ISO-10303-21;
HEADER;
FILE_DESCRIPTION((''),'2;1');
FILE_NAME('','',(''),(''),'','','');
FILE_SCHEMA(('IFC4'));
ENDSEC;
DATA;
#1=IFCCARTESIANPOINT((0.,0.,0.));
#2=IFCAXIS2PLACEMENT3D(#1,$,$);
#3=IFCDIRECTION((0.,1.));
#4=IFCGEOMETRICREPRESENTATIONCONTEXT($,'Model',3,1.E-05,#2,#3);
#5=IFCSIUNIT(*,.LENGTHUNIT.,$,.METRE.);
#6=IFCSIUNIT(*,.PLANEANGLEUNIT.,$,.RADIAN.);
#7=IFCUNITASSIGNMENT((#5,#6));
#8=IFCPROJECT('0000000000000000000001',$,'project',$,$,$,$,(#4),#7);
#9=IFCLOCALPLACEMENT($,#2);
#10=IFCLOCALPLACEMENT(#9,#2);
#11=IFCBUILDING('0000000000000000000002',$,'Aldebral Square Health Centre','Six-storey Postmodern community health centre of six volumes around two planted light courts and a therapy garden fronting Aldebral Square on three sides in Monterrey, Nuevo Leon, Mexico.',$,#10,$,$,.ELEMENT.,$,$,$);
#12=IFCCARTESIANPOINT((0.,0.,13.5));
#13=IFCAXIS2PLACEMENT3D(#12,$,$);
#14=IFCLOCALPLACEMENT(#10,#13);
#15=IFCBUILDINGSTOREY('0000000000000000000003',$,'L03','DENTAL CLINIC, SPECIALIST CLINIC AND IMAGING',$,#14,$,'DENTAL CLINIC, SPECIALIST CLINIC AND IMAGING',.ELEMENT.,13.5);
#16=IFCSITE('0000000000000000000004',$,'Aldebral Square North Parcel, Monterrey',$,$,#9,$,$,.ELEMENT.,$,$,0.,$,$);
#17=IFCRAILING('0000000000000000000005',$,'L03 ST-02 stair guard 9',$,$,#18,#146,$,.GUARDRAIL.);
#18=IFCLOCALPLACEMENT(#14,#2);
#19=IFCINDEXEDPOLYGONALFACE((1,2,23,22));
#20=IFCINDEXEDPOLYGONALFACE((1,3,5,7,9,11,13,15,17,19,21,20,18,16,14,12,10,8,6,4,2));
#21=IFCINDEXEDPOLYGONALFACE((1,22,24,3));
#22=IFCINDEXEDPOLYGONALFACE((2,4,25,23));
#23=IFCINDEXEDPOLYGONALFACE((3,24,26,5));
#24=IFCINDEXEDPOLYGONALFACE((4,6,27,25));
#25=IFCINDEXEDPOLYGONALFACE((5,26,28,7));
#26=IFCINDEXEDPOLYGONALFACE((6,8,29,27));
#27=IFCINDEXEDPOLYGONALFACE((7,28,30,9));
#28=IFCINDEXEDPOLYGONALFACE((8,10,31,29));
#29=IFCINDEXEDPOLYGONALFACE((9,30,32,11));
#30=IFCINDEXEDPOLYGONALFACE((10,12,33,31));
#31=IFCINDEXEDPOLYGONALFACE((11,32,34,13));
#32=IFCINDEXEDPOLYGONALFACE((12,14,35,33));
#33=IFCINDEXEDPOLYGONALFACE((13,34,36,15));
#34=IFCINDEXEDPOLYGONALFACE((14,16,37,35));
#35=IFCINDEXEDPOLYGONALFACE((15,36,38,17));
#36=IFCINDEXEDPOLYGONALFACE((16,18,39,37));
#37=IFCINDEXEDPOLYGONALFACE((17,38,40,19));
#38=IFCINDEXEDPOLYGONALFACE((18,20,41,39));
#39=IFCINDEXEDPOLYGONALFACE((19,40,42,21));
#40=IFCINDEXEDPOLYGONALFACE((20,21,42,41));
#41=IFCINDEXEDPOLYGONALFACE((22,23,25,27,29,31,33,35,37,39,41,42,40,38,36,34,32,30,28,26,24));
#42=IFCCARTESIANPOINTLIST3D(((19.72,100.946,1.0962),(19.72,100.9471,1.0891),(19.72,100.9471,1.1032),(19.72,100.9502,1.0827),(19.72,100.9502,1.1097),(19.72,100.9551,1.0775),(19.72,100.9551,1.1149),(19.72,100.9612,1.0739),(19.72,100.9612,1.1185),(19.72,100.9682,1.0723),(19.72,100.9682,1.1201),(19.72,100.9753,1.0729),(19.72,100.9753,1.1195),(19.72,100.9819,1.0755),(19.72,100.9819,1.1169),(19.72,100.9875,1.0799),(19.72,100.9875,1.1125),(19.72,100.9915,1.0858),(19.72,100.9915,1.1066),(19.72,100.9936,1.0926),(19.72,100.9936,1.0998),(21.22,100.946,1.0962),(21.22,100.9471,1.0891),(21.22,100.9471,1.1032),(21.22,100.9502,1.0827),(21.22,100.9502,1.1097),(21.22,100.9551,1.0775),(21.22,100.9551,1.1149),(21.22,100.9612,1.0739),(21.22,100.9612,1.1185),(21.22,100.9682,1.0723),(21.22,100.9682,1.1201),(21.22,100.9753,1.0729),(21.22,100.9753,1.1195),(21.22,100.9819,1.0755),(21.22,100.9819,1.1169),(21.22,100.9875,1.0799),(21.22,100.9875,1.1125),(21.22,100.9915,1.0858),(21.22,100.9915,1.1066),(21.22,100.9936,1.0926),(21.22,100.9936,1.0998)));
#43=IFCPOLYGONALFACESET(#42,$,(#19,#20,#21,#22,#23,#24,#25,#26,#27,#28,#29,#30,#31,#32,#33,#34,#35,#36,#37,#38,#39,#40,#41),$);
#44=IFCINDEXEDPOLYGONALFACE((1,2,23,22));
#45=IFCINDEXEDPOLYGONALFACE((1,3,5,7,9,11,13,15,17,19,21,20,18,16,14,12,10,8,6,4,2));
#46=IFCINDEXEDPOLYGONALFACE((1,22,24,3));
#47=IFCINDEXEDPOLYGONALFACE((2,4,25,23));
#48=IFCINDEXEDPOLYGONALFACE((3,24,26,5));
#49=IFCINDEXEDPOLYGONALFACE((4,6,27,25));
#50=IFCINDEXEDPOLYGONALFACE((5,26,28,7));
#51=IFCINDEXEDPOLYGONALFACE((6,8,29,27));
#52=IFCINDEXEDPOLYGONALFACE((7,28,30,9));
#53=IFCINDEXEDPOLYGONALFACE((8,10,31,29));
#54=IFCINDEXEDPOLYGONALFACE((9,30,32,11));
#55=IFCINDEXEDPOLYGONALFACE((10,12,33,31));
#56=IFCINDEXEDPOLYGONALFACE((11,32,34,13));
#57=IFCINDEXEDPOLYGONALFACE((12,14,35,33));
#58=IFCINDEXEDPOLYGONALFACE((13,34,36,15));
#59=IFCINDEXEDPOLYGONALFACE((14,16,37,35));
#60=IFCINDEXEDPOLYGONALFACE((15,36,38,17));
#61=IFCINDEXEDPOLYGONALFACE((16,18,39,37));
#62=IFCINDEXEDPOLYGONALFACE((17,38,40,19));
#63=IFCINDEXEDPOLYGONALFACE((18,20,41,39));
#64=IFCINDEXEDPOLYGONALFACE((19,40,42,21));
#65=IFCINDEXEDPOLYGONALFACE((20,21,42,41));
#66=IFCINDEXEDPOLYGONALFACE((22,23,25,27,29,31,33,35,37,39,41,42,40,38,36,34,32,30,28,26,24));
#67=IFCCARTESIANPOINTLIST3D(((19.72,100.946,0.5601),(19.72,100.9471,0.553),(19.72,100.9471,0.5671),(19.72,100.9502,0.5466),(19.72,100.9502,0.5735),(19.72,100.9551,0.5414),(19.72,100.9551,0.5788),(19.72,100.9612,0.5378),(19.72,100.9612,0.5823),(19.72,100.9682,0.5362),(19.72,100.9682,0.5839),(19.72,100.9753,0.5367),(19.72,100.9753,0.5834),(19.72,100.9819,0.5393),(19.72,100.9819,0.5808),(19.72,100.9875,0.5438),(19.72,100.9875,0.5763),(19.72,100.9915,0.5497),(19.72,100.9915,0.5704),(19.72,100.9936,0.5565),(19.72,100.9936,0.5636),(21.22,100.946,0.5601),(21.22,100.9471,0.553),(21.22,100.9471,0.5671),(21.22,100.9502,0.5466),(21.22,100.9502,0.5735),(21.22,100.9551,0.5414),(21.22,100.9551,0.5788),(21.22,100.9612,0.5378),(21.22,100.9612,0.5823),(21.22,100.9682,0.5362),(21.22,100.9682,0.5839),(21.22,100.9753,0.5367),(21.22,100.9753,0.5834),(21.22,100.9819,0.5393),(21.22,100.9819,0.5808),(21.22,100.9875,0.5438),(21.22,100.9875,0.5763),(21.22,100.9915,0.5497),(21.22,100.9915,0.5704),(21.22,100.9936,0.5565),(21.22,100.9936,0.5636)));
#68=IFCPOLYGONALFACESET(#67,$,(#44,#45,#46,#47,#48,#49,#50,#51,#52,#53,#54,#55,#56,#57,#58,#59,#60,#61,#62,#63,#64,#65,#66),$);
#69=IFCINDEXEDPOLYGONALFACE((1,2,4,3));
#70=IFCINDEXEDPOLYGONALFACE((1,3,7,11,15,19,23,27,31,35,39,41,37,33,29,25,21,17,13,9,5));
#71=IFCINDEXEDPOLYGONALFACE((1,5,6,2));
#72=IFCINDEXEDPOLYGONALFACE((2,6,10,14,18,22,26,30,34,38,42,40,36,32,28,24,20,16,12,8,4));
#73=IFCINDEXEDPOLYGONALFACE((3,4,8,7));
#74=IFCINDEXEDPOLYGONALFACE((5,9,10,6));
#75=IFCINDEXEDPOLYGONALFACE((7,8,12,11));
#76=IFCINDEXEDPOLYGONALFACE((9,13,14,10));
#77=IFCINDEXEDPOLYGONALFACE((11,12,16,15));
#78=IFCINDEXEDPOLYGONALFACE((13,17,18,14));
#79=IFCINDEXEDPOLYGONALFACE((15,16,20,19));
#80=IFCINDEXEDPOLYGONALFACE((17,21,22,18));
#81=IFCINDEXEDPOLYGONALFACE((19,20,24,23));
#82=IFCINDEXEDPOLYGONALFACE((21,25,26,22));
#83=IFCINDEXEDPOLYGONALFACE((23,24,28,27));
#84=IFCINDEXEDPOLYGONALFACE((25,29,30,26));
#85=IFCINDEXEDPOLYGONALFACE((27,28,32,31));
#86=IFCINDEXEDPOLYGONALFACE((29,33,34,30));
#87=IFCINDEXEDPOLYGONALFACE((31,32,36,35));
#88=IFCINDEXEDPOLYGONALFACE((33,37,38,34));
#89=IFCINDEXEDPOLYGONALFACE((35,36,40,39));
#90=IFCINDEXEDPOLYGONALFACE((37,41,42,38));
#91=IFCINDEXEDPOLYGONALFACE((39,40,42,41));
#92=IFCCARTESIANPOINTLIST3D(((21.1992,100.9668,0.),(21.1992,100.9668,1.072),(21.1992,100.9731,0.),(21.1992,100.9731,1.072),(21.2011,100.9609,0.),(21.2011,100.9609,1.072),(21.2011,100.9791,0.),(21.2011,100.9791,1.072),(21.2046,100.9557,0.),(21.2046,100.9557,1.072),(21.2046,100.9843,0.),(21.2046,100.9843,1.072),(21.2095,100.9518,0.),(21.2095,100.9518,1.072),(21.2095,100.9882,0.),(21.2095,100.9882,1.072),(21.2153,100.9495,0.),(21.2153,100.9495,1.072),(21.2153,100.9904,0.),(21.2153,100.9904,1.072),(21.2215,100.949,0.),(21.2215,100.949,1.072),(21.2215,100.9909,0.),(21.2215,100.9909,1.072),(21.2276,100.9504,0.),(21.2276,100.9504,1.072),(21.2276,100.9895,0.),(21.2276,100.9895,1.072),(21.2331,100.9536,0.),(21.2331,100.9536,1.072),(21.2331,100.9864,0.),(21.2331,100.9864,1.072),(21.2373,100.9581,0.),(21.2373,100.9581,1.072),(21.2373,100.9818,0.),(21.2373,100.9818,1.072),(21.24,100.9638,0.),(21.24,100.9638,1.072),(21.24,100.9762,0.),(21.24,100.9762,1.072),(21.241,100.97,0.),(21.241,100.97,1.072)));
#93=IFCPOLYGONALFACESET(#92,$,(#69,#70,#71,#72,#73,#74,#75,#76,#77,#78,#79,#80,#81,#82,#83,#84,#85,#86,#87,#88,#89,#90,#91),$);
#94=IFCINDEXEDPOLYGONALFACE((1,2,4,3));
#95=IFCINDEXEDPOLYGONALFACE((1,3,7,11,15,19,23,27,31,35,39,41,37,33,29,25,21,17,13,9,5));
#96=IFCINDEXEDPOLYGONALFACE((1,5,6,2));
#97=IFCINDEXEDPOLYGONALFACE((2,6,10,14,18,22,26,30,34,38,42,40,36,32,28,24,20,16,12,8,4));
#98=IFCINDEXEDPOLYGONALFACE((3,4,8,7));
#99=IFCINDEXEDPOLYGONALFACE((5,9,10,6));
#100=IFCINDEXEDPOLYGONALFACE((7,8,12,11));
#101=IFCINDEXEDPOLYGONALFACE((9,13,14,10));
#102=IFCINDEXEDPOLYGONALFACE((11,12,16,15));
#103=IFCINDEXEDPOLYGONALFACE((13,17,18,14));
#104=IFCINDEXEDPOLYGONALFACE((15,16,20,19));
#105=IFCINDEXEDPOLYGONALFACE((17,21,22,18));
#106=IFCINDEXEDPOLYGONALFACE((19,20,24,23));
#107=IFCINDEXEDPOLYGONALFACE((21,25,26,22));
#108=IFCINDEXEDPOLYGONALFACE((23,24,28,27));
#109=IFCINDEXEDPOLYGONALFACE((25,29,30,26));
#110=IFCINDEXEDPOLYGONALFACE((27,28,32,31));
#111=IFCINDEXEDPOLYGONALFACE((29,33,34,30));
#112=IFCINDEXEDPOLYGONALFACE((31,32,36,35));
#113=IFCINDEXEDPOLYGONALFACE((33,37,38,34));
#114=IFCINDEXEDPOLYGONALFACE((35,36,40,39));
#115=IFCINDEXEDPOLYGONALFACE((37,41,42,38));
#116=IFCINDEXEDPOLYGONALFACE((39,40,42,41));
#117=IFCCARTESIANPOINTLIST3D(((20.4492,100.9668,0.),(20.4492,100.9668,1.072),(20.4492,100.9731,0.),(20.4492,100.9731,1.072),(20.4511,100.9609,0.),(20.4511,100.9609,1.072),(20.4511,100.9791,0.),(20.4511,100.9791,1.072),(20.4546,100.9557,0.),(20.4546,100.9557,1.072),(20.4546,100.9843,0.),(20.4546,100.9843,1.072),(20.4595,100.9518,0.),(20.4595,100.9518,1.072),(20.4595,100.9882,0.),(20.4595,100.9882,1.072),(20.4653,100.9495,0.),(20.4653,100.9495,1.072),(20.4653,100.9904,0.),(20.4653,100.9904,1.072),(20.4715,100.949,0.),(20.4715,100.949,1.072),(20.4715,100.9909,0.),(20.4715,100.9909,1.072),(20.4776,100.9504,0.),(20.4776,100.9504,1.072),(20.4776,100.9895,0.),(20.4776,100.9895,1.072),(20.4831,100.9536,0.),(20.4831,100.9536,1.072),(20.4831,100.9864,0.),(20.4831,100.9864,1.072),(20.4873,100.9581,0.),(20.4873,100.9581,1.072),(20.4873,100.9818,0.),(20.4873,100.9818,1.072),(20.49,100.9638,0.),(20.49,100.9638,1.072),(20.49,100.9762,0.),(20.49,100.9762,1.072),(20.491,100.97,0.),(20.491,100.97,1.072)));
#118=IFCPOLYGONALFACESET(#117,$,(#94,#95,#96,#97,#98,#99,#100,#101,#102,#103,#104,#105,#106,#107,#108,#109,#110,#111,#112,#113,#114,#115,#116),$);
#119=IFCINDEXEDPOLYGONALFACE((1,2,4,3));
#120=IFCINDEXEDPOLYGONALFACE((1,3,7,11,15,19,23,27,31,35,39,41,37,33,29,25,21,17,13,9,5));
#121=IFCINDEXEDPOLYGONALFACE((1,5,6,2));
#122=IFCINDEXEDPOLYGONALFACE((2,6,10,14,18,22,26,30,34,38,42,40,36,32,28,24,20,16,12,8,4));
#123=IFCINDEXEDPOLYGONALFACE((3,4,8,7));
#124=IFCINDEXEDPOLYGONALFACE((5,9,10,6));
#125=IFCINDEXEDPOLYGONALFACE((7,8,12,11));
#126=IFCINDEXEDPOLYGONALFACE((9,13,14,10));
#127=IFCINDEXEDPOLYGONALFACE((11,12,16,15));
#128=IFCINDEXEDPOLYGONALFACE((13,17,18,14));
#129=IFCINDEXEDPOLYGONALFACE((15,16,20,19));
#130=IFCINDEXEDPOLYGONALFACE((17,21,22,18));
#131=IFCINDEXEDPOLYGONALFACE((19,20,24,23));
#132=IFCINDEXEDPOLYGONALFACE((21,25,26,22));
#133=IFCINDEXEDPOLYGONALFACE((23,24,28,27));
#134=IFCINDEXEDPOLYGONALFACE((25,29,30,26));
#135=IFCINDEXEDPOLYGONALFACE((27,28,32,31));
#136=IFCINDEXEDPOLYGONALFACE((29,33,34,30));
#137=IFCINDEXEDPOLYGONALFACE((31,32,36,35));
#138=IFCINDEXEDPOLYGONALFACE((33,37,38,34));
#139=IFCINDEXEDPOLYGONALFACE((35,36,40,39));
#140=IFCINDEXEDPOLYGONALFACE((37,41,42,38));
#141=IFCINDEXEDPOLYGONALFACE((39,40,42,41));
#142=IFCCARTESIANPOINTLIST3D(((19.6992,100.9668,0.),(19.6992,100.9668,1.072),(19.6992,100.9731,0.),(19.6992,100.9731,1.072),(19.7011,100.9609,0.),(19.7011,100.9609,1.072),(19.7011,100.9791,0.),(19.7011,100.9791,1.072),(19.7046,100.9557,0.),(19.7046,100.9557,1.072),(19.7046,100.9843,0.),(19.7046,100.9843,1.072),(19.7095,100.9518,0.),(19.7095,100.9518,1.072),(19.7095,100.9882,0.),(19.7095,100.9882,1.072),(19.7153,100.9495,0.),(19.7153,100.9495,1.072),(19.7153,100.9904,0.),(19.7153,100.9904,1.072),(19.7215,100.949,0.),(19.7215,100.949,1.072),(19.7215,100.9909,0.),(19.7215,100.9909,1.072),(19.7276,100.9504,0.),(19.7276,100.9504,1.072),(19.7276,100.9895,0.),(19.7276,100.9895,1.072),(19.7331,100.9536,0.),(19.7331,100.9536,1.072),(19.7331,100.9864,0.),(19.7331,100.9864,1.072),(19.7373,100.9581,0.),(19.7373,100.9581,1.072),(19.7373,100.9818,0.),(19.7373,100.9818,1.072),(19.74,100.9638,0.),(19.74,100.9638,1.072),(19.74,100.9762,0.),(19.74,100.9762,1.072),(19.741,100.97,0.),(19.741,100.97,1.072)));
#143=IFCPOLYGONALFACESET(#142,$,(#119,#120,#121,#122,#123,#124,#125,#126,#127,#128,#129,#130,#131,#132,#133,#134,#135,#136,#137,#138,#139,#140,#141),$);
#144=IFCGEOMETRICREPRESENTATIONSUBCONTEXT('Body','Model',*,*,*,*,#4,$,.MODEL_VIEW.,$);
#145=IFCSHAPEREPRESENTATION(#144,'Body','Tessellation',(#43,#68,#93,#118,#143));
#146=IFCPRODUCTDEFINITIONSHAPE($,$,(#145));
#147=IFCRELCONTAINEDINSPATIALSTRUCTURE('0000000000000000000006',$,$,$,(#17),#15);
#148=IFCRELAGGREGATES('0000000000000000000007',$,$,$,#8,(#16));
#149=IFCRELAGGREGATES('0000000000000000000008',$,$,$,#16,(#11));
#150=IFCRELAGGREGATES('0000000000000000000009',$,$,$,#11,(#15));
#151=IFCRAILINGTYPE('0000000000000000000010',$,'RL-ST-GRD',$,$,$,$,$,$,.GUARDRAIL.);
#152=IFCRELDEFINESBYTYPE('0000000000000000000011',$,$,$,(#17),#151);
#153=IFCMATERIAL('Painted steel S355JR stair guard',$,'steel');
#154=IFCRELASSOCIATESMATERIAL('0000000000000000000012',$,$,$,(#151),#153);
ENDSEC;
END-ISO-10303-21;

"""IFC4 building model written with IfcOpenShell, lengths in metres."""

from ifc_helpers import new_model, si_unit, direction, frame, origin, origin_2d, place, context, subcontext, project, spatial, circle, extrude, material, type_object, element, save


model = new_model("IFC4")

# Units and contexts
model_context = context("Model", 3, precision=1e-05, world=origin(), true_north=direction((0.0, 1.0)))
body_context = subcontext(model_context, "Body", "Model", "MODEL_VIEW")
ifc_project = project(units=[si_unit("LENGTHUNIT", "METRE"), si_unit("PLANEANGLEUNIT", "RADIAN")], contexts=[model_context])

# Site, building, storey
site_placement = place(None, origin())
site = spatial("IfcSite", under=ifc_project, at=site_placement, Name="Aldebral Square North Parcel, Monterrey", CompositionType="ELEMENT", RefElevation=0.0)
building_placement = place(site_placement, origin())
building = spatial("IfcBuilding", under=site, at=building_placement, Name="Aldebral Square Health Centre", Description="Six-storey Postmodern community health centre of six volumes around two planted light courts and a therapy garden fronting Aldebral Square on three sides in Monterrey, Nuevo Leon, Mexico.", CompositionType="ELEMENT")
storey_placement = place(building_placement, frame((0.0, 0.0, 13.5)))
storey = spatial("IfcBuildingStorey", under=building, at=storey_placement, Name="L03", Description="DENTAL CLINIC, SPECIALIST CLINIC AND IMAGING", LongName="DENTAL CLINIC, SPECIALIST CLINIC AND IMAGING", CompositionType="ELEMENT", Elevation=13.5)

# Railing
ifc_material_1 = material(Name="Painted steel S355JR stair guard", Category="steel")
railing_type_1 = type_object("IfcRailingType", Name="RL-ST-GRD", PredefinedType="GUARDRAIL", material=ifc_material_1)
for number, where, name in (
    (1, (21.22, 100.97, 0.0), "L03 ST-02 stair guard 9"),
):
    element("IfcRailing", number, at=place(storey_placement, frame(where)), inside=storey, type_object=railing_type_1, Name=name, PredefinedType="GUARDRAIL", context=body_context, shape_type="SweptSolid", body=[
        extrude(circle(Radius=0.0239, at=origin_2d()), frame((0.0, 0.0, 1.0962), z_axis=(-1.0, 0.0, 0.0), x_axis=(0.0, -1.0, 0.0)), (0.0, 0.0, 1.0), 1.5),
        extrude(circle(Radius=0.0239, at=origin_2d()), frame((0.0, 0.0, 0.5601), z_axis=(-1.0, 0.0, 0.0), x_axis=(0.0, -1.0, 0.0)), (0.0, 0.0, 1.0), 1.5),
        extrude(circle(Radius=0.021, at=origin_2d()), origin(), (0.0, 0.0, 1.0), 1.072),
        extrude(circle(Radius=0.021, at=origin_2d()), frame((-0.75, 0.0, 0.0)), (0.0, 0.0, 1.0), 1.072),
        extrude(circle(Radius=0.021, at=origin_2d()), frame((-1.5, 0.0, 0.0)), (0.0, 0.0, 1.0), 1.072),
    ])

save(model, "model.ifc")
